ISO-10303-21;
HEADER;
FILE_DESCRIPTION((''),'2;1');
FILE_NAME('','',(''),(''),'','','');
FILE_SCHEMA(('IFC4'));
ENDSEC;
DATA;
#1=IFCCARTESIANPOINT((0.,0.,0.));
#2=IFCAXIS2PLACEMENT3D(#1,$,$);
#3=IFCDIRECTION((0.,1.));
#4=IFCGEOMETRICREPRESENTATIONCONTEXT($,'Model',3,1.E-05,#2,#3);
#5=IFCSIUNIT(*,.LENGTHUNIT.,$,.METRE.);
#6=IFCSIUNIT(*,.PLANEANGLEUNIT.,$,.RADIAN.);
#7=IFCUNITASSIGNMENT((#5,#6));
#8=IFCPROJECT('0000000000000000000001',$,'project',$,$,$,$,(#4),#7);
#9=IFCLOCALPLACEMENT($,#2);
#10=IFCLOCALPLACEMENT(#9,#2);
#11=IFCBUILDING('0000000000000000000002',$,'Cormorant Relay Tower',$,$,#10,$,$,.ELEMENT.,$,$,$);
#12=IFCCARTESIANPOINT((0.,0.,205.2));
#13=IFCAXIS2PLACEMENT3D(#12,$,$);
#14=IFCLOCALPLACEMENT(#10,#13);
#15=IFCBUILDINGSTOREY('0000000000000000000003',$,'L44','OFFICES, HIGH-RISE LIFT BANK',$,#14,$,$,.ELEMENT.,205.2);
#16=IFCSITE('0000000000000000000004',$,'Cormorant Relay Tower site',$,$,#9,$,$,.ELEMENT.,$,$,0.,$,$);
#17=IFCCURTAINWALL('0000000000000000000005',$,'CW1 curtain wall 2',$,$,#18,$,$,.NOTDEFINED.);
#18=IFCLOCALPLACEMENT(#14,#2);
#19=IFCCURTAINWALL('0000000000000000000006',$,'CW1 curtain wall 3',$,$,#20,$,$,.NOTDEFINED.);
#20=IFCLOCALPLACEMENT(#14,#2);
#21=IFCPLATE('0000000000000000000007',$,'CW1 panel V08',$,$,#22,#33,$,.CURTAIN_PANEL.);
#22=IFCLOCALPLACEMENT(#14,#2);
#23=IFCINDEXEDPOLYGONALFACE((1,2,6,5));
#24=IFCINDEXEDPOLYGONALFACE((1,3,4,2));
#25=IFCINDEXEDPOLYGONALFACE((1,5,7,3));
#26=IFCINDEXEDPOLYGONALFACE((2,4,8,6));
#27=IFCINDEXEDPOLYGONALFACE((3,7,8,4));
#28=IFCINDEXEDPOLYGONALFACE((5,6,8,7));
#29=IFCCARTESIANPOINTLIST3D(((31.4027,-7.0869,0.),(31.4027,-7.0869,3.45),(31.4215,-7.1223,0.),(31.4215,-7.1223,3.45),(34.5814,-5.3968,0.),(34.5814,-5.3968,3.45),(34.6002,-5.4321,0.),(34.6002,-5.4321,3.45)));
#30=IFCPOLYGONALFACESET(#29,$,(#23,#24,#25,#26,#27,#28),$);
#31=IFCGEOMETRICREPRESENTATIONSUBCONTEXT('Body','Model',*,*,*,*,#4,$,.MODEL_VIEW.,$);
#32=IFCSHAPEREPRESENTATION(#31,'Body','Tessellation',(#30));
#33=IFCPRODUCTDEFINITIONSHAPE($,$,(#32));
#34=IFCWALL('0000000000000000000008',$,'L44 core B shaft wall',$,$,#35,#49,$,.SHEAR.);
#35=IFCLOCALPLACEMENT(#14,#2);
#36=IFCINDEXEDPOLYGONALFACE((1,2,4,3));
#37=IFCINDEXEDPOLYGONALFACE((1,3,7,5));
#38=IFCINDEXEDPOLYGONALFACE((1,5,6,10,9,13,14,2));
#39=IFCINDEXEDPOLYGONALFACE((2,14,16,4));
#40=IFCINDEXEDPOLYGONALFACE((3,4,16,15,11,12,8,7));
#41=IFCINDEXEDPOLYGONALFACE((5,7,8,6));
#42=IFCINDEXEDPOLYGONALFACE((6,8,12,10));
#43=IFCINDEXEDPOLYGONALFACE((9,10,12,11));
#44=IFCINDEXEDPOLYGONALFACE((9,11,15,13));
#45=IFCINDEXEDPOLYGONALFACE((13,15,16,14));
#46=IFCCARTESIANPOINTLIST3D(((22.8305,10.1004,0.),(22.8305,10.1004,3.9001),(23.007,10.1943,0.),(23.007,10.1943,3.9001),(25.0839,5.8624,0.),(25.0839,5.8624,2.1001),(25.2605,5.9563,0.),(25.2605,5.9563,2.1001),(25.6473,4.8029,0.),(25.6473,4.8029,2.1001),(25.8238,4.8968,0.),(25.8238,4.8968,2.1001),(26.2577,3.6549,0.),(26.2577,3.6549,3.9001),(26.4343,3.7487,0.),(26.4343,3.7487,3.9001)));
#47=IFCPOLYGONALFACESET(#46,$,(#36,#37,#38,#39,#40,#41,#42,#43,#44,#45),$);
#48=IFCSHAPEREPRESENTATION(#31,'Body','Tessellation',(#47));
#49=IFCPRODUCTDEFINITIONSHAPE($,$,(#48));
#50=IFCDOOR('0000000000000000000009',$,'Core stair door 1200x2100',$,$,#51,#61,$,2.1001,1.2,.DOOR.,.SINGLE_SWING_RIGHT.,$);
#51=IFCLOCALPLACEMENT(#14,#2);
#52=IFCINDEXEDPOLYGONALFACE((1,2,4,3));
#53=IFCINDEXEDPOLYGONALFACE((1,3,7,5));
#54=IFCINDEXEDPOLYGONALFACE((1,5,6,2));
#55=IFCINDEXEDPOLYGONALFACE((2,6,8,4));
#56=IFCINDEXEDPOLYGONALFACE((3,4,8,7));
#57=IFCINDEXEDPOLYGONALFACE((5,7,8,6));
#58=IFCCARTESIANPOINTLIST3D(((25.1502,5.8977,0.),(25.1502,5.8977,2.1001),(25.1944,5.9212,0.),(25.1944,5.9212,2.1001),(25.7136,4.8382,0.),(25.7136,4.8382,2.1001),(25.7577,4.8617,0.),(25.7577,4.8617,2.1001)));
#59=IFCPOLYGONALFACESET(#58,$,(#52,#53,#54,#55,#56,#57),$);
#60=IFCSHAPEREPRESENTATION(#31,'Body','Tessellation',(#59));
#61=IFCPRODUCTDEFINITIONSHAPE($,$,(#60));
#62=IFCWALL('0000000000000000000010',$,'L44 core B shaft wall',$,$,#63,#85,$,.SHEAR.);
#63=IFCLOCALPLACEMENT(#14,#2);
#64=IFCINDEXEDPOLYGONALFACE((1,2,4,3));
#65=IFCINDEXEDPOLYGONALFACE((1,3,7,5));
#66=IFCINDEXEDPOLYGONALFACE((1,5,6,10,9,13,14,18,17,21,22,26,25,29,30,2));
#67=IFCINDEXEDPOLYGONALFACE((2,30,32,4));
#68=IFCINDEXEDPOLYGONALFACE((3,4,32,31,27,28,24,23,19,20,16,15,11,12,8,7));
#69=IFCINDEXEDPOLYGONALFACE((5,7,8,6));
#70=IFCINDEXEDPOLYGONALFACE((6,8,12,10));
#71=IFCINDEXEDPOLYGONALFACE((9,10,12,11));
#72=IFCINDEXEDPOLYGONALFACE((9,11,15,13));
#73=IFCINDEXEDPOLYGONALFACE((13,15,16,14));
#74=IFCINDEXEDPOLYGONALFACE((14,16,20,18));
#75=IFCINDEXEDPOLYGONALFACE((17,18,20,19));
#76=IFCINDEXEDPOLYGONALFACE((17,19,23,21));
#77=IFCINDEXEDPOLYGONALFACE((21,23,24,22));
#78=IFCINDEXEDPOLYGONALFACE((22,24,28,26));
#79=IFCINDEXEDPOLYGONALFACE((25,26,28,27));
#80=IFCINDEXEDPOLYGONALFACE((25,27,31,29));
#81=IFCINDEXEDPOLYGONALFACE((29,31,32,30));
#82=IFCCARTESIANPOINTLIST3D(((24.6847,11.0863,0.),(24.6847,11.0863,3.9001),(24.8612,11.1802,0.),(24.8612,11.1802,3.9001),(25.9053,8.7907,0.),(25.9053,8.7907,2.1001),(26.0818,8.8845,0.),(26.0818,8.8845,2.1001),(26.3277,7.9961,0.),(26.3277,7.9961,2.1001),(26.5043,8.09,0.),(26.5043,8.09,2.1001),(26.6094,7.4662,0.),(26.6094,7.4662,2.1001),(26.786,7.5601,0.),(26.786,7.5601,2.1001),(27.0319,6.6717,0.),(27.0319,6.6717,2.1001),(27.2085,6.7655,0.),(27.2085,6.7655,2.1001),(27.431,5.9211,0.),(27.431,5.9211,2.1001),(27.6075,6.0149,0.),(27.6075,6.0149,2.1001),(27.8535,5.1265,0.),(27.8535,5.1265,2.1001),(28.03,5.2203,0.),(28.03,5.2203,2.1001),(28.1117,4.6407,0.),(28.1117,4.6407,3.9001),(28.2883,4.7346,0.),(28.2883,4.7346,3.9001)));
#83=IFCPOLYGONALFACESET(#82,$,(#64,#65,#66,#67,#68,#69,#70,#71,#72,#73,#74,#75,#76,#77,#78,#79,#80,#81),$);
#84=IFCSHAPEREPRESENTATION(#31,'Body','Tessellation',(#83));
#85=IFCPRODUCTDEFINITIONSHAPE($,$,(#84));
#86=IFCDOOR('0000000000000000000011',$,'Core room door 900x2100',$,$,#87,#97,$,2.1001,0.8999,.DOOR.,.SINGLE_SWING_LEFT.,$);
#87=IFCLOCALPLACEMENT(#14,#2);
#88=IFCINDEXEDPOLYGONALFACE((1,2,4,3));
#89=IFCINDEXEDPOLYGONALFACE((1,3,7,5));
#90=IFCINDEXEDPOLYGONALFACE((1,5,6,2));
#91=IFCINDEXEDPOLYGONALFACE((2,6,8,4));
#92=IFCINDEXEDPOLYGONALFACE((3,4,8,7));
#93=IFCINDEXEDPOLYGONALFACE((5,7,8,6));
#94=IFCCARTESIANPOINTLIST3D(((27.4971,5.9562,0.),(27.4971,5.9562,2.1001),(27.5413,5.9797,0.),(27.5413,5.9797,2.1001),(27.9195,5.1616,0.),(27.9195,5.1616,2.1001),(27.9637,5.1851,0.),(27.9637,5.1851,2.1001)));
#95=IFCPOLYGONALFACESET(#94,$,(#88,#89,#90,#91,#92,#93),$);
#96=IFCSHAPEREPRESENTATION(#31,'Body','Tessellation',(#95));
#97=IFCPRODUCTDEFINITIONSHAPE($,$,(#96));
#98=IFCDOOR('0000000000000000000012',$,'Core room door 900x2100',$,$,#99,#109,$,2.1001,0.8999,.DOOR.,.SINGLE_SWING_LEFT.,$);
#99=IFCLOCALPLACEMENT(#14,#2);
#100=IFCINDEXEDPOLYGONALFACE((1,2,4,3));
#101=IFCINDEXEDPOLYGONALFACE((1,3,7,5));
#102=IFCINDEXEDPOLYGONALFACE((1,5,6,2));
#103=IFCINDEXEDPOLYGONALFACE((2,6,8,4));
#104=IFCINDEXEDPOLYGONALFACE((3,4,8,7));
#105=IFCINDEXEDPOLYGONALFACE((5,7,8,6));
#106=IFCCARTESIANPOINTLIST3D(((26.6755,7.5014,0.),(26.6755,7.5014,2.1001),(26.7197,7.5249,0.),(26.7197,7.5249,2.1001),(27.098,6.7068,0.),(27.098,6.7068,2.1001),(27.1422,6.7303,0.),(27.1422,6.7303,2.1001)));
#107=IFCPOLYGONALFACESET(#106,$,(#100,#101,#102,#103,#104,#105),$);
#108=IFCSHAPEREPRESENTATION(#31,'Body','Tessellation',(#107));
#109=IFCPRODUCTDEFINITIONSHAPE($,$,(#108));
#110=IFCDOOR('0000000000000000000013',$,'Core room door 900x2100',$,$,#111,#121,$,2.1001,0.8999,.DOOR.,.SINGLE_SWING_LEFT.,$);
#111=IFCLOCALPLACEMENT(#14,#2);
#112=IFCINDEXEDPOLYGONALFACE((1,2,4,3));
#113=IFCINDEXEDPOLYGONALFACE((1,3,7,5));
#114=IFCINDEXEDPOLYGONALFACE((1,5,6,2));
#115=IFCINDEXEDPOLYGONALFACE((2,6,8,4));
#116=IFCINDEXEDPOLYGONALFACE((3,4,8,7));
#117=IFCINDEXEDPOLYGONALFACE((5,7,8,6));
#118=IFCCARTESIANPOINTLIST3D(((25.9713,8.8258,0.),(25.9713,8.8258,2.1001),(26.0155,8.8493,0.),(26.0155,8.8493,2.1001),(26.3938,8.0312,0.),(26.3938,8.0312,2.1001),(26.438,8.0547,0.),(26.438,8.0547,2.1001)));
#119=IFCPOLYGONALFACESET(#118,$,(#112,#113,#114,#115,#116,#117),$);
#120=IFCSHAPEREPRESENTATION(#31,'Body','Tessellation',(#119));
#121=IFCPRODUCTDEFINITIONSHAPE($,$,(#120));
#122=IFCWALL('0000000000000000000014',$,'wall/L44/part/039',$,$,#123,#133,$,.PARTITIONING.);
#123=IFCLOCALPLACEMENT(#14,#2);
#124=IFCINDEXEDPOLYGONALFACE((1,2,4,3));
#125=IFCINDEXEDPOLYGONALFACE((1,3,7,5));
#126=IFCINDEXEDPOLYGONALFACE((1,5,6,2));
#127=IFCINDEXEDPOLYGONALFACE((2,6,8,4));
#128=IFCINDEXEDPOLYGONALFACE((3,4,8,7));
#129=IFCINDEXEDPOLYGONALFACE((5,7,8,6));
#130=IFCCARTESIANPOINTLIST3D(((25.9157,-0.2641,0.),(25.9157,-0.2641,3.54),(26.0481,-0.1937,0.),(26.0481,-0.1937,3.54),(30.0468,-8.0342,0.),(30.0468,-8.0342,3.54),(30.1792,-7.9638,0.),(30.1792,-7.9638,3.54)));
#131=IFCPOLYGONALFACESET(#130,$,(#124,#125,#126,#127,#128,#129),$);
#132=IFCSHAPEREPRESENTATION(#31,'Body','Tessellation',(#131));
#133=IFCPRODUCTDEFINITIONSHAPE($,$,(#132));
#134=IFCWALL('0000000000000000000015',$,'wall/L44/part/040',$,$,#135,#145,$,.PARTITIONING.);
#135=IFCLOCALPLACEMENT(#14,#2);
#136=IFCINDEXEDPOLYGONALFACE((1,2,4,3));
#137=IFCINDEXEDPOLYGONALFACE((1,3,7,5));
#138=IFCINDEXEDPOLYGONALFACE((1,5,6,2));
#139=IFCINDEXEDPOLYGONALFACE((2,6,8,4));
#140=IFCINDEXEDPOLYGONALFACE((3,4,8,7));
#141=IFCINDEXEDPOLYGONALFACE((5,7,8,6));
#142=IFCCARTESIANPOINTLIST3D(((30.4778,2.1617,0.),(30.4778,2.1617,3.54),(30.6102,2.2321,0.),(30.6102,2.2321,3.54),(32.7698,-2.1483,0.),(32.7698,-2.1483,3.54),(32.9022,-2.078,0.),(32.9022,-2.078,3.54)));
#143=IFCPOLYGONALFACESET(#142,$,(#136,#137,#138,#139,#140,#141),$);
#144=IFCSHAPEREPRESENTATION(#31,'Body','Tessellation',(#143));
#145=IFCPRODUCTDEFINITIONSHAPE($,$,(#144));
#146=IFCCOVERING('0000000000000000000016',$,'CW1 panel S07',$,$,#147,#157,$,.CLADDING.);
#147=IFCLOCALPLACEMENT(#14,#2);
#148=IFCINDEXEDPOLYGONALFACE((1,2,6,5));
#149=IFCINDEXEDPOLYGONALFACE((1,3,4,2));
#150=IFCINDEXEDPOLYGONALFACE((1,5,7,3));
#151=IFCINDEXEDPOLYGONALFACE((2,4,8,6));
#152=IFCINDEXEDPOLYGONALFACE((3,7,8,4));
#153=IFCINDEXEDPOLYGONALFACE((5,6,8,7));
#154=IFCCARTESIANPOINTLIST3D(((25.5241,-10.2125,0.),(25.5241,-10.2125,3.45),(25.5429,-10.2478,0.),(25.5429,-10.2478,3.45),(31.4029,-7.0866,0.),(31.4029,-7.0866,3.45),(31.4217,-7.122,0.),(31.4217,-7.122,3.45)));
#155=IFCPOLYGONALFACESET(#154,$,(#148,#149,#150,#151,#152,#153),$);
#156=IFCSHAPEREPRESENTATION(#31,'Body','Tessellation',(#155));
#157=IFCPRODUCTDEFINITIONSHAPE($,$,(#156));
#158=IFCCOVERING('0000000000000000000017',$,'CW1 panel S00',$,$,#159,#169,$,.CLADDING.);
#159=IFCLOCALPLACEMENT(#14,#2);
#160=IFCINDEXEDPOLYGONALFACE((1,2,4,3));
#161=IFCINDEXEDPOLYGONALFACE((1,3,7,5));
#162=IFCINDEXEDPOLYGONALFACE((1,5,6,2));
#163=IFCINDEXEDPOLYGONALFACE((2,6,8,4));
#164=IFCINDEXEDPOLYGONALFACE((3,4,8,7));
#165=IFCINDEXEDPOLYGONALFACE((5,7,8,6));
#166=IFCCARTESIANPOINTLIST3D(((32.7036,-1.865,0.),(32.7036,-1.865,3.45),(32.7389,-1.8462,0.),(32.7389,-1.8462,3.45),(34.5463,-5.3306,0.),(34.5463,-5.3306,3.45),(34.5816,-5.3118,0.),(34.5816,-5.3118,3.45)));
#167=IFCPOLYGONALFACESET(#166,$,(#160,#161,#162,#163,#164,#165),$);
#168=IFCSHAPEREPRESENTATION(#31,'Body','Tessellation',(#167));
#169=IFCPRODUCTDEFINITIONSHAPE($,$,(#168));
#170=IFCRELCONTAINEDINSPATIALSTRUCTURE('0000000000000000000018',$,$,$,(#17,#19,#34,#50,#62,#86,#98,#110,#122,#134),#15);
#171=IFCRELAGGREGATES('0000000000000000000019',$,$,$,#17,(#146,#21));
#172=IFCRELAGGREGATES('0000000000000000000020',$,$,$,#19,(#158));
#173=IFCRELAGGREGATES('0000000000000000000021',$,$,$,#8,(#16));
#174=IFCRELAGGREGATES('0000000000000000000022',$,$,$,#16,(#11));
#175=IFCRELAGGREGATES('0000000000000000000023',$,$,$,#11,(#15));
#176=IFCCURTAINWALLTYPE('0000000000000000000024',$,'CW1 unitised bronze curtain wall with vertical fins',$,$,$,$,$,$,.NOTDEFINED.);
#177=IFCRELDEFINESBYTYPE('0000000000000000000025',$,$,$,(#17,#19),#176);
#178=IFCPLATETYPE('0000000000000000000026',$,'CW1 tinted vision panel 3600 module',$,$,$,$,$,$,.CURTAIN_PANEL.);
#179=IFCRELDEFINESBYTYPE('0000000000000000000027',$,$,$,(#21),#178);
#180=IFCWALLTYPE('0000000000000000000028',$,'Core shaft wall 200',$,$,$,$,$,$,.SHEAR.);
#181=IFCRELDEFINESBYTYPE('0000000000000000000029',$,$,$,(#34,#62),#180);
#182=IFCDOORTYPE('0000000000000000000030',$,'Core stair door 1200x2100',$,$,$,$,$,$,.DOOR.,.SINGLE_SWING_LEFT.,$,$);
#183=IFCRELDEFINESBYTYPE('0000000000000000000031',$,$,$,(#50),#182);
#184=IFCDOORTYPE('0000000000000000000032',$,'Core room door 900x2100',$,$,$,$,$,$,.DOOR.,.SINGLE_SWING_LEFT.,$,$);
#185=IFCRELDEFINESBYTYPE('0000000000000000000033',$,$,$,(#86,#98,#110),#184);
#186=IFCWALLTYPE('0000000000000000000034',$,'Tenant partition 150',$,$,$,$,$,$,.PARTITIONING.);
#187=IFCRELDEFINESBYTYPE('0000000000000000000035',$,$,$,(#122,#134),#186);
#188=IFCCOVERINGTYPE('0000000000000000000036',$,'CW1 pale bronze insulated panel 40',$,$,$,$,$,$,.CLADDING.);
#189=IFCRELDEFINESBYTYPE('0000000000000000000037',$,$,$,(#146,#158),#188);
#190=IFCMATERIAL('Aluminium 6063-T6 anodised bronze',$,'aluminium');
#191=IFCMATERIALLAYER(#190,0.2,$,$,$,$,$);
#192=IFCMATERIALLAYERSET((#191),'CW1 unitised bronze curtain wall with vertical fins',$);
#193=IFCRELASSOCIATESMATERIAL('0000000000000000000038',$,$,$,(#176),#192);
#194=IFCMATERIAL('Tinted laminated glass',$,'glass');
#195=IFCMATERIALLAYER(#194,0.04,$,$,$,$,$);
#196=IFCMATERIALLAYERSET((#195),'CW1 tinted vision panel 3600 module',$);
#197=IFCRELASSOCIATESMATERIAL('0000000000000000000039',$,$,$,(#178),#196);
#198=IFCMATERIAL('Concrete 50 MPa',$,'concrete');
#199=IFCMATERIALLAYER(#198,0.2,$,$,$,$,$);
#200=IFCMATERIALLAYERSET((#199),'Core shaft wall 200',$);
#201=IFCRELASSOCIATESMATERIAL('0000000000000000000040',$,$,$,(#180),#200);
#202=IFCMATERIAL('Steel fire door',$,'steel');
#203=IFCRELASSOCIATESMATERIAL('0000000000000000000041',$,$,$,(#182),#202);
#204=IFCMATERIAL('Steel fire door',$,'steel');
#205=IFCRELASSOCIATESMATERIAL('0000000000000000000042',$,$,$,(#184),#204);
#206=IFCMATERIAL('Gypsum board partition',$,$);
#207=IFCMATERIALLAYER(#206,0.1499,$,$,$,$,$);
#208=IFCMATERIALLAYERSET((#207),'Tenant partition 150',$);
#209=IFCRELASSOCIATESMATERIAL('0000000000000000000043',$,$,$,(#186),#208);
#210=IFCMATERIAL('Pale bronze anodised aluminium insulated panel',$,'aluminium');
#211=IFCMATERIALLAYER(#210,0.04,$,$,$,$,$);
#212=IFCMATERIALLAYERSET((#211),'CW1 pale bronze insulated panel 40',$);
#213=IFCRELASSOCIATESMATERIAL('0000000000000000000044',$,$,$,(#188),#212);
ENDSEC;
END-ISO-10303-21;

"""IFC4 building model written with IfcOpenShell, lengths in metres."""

from ifc_helpers import new_model, si_unit, direction, frame, frame_2d, origin, origin_2d, place, context, subcontext, project, spatial, rectangle, extrude, material, layer, layer_set, type_object, element, fill, aggregate, save


model = new_model("IFC4")

# Units and contexts
model_context = context("Model", 3, precision=1e-05, world=origin(), true_north=direction((0.0, 1.0)))
body_context = subcontext(model_context, "Body", "Model", "MODEL_VIEW")
ifc_project = project(units=[si_unit("LENGTHUNIT", "METRE"), si_unit("PLANEANGLEUNIT", "RADIAN")], contexts=[model_context])

# Site, building, storey
site_placement = place(None, origin())
site = spatial("IfcSite", under=ifc_project, at=site_placement, Name="Cormorant Relay Tower site", CompositionType="ELEMENT", RefElevation=0.0)
building_placement = place(site_placement, origin())
building = spatial("IfcBuilding", under=site, at=building_placement, Name="Cormorant Relay Tower", CompositionType="ELEMENT")
storey_placement = place(building_placement, frame((0.0, 0.0, 205.2)))
storey = spatial("IfcBuildingStorey", under=building, at=storey_placement, Name="L44", Description="OFFICES, HIGH-RISE LIFT BANK", CompositionType="ELEMENT", Elevation=205.2)

# Curtain wall
ifc_material_1 = material(Name="Aluminium 6063-T6 anodised bronze", Category="aluminium")
ifc_layer_1 = layer(ifc_material_1, 0.2)
ifc_layer_set_1 = layer_set([ifc_layer_1], Name="CW1 unitised bronze curtain wall with vertical fins")
curtain_wall_type = type_object("IfcCurtainWallType", Name="CW1 unitised bronze curtain wall with vertical fins", PredefinedType="NOTDEFINED", material=ifc_layer_set_1)
curtain_wall_1_placement = place(storey_placement, origin())
curtain_wall_1 = element("IfcCurtainWall", 1, at=curtain_wall_1_placement, inside=storey, type_object=curtain_wall_type, Name="CW1 curtain wall 2", PredefinedType="NOTDEFINED")

# Curtain wall
curtain_wall_2_placement = place(storey_placement, origin())
curtain_wall_2 = element("IfcCurtainWall", 2, at=curtain_wall_2_placement, inside=storey, type_object=curtain_wall_type, Name="CW1 curtain wall 3", PredefinedType="NOTDEFINED")

# Plate
ifc_material_2 = material(Name="Tinted laminated glass", Category="glass")
ifc_layer_2 = layer(ifc_material_2, 0.04)
ifc_layer_set_2 = layer_set([ifc_layer_2], Name="CW1 tinted vision panel 3600 module")
plate_type_1 = type_object("IfcPlateType", Name="CW1 tinted vision panel 3600 module", PredefinedType="CURTAIN_PANEL", material=ifc_layer_set_2)
plate_1_placement = place(storey_placement, frame((33.0015, -6.2595, 0.0), z_axis=(0.0, 0.0, 1.0), x_axis=(0.882948, 0.469472, 0.0)))
plate_1 = element("IfcPlate", 3, at=plate_1_placement, type_object=plate_type_1, Name="CW1 panel V08", PredefinedType="CURTAIN_PANEL", context=body_context, shape_type="SweptSolid", body=[
    extrude(rectangle(XDim=3.6001, YDim=0.04, at=origin_2d()), origin(), (0.0, 0.0, 1.0), 3.45),
])

# Wall, opening, door
ifc_material_3 = material(Name="Concrete 50 MPa", Category="concrete")
ifc_layer_3 = layer(ifc_material_3, 0.2)
ifc_layer_set_3 = layer_set([ifc_layer_3], Name="Core shaft wall 200")
wall_type_1 = type_object("IfcWallType", Name="Core shaft wall 200", PredefinedType="SHEAR", material=ifc_layer_set_3)
wall_1_placement = place(storey_placement, frame((26.3459, 3.7019, 0.0), z_axis=(0.0, 0.0, 1.0), x_axis=(-0.46948, 0.882943, 0.0)))
wall_1 = element("IfcWall", 4, at=wall_1_placement, inside=storey, type_object=wall_type_1, Name="L44 core B shaft wall", PredefinedType="SHEAR", context=body_context, shape_type="SweptSolid", body=[
    extrude(rectangle(XDim=7.3, YDim=0.2, at=frame_2d((3.6499, 0.0))), origin(), (0.0, 0.0, 1.0), 3.9001),
])
opening_1_placement = place(wall_1_placement, frame((1.3, 0.0, 0.0)))
opening_1 = element("IfcOpeningElement", 5, at=opening_1_placement, cuts=wall_1, PredefinedType="OPENING", context=body_context, shape_type="SweptSolid", body=[
    extrude(rectangle(XDim=1.2, YDim=2.1001, at=frame_2d((0.6001, 1.05))), frame((0.0, 0.1099, 0.0), z_axis=(0.0, -1.0, 0.0), x_axis=(1.0, 0.0, 0.0)), (0.0, 0.0, 1.0), 0.22),
])
ifc_material_4 = material(Name="Steel fire door", Category="steel")
door_type_1 = type_object("IfcDoorType", Name="Core stair door 1200x2100", OperationType="SINGLE_SWING_LEFT", PredefinedType="DOOR", material=ifc_material_4)
door_1_placement = place(opening_1_placement, origin())
door_1 = element("IfcDoor", 6, at=door_1_placement, inside=storey, type_object=door_type_1, Name="Core stair door 1200x2100", OperationType="SINGLE_SWING_RIGHT", OverallHeight=2.1001, OverallWidth=1.2, PredefinedType="DOOR", context=body_context, shape_type="SweptSolid", body=[
    extrude(rectangle(XDim=1.2, YDim=2.1001, at=frame_2d((0.6001, 1.05))), frame((0.0, 0.0249, 0.0), z_axis=(0.0, -1.0, 0.0), x_axis=(1.0, 0.0, 0.0)), (0.0, 0.0, 1.0), 0.05),
])
fill(opening_1, door_1)

# Wall, openings, doors
wall_2_placement = place(storey_placement, frame((28.2, 4.6877, 0.0), z_axis=(0.0, 0.0, 1.0), x_axis=(-0.469454, 0.882957, 0.0)))
wall_2 = element("IfcWall", 7, at=wall_2_placement, inside=storey, type_object=wall_type_1, Name="L44 core B shaft wall", PredefinedType="SHEAR", context=body_context, shape_type="SweptSolid", body=[
    extrude(rectangle(XDim=7.3, YDim=0.2, at=frame_2d((3.6499, 0.0))), origin(), (0.0, 0.0, 1.0), 3.9001),
])
opening_2_placement = place(wall_2_placement, frame((0.55, 0.0, 0.0)))
opening_2 = element("IfcOpeningElement", 8, at=opening_2_placement, cuts=wall_2, PredefinedType="OPENING", context=body_context, shape_type="SweptSolid", body=[
    extrude(rectangle(XDim=0.8999, YDim=2.1001, at=frame_2d((0.45, 1.05))), frame((0.0, 0.1099, 0.0), z_axis=(0.0, -1.0, 0.0), x_axis=(1.0, 0.0, 0.0)), (0.0, 0.0, 1.0), 0.22),
])
opening_3_placement = place(wall_2_placement, frame((2.3, 0.0, 0.0)))
opening_3 = element("IfcOpeningElement", 9, at=opening_3_placement, cuts=wall_2, PredefinedType="OPENING", context=body_context, shape_type="SweptSolid", body=[
    extrude(rectangle(XDim=0.8999, YDim=2.1001, at=frame_2d((0.45, 1.05))), frame((0.0, 0.1099, 0.0), z_axis=(0.0, -1.0, 0.0), x_axis=(1.0, 0.0, 0.0)), (0.0, 0.0, 1.0), 0.22),
])
opening_4_placement = place(wall_2_placement, frame((3.8, 0.0, 0.0)))
opening_4 = element("IfcOpeningElement", 10, at=opening_4_placement, cuts=wall_2, PredefinedType="OPENING", context=body_context, shape_type="SweptSolid", body=[
    extrude(rectangle(XDim=0.8999, YDim=2.1001, at=frame_2d((0.45, 1.05))), frame((0.0, 0.1099, 0.0), z_axis=(0.0, -1.0, 0.0), x_axis=(1.0, 0.0, 0.0)), (0.0, 0.0, 1.0), 0.22),
])
ifc_material_5 = material(Name="Steel fire door", Category="steel")
door_type_2 = type_object("IfcDoorType", Name="Core room door 900x2100", OperationType="SINGLE_SWING_LEFT", PredefinedType="DOOR", material=ifc_material_5)
door_2_placement = place(opening_2_placement, frame((0.8999, 0.0, 0.0), z_axis=(0.0, 0.0, 1.0), x_axis=(-1.0, 0.0, 0.0)))
door_2 = element("IfcDoor", 11, at=door_2_placement, inside=storey, type_object=door_type_2, Name="Core room door 900x2100", OperationType="SINGLE_SWING_LEFT", OverallHeight=2.1001, OverallWidth=0.8999, PredefinedType="DOOR", context=body_context, shape_type="SweptSolid", body=[
    extrude(rectangle(XDim=0.8999, YDim=2.1001, at=frame_2d((0.45, 1.05))), frame((0.0, 0.0249, 0.0), z_axis=(0.0, -1.0, 0.0), x_axis=(1.0, 0.0, 0.0)), (0.0, 0.0, 1.0), 0.05),
])
fill(opening_2, door_2)
door_3_placement = place(opening_3_placement, frame((0.8999, 0.0, 0.0), z_axis=(0.0, 0.0, 1.0), x_axis=(-1.0, 0.0, 0.0)))
door_3 = element("IfcDoor", 12, at=door_3_placement, inside=storey, type_object=door_type_2, Name="Core room door 900x2100", OperationType="SINGLE_SWING_LEFT", OverallHeight=2.1001, OverallWidth=0.8999, PredefinedType="DOOR", context=body_context, shape_type="SweptSolid", body=[
    extrude(rectangle(XDim=0.8999, YDim=2.1001, at=frame_2d((0.45, 1.05))), frame((0.0, 0.0249, 0.0), z_axis=(0.0, -1.0, 0.0), x_axis=(1.0, 0.0, 0.0)), (0.0, 0.0, 1.0), 0.05),
])
fill(opening_3, door_3)
door_4_placement = place(opening_4_placement, frame((0.8999, 0.0, 0.0), z_axis=(0.0, 0.0, 1.0), x_axis=(-1.0, 0.0, 0.0)))
door_4 = element("IfcDoor", 13, at=door_4_placement, inside=storey, type_object=door_type_2, Name="Core room door 900x2100", OperationType="SINGLE_SWING_LEFT", OverallHeight=2.1001, OverallWidth=0.8999, PredefinedType="DOOR", context=body_context, shape_type="SweptSolid", body=[
    extrude(rectangle(XDim=0.8999, YDim=2.1001, at=frame_2d((0.45, 1.05))), frame((0.0, 0.0249, 0.0), z_axis=(0.0, -1.0, 0.0), x_axis=(1.0, 0.0, 0.0)), (0.0, 0.0, 1.0), 0.05),
])
fill(opening_4, door_4)

# Walls
ifc_material_6 = material(Name="Gypsum board partition")
ifc_layer_4 = layer(ifc_material_6, 0.1499)
ifc_layer_set_4 = layer_set([ifc_layer_4], Name="Tenant partition 150")
wall_type_2 = type_object("IfcWallType", Name="Tenant partition 150", PredefinedType="PARTITIONING", material=ifc_layer_set_4)
wall_3_placement = place(storey_placement, frame((25.9819, -0.229, 0.0), z_axis=(0.0, 0.0, 1.0), x_axis=(0.469446, -0.882961, 0.0)))
element("IfcWall", 14, at=wall_3_placement, inside=storey, type_object=wall_type_2, Name="wall/L44/part/039", PredefinedType="PARTITIONING", context=body_context, shape_type="SweptSolid", body=[
    extrude(rectangle(XDim=8.8, YDim=0.1499, at=frame_2d((4.3999, 0.0))), origin(), (0.0, 0.0, 1.0), 3.54),
])
wall_4_placement = place(storey_placement, frame((30.5439, 2.197, 0.0), z_axis=(0.0, 0.0, 1.0), x_axis=(0.469518, -0.882923, 0.0)))
element("IfcWall", 15, at=wall_4_placement, inside=storey, type_object=wall_type_2, Name="wall/L44/part/040", PredefinedType="PARTITIONING", context=body_context, shape_type="SweptSolid", body=[
    extrude(rectangle(XDim=4.8816, YDim=0.1499, at=frame_2d((2.4409, 0.0))), origin(), (0.0, 0.0, 1.0), 3.54),
])

# Coverings
ifc_material_7 = material(Name="Pale bronze anodised aluminium insulated panel", Category="aluminium")
ifc_layer_5 = layer(ifc_material_7, 0.04)
ifc_layer_set_5 = layer_set([ifc_layer_5], Name="CW1 pale bronze insulated panel 40")
covering_type = type_object("IfcCoveringType", Name="CW1 pale bronze insulated panel 40", PredefinedType="CLADDING", material=ifc_layer_set_5)
covering_1_placement = place(storey_placement, frame((28.4729, -8.6672, 0.0), z_axis=(0.0, 0.0, 1.0), x_axis=(0.882948, 0.469472, 0.0)))
covering_1 = element("IfcCovering", 16, at=covering_1_placement, type_object=covering_type, Name="CW1 panel S07", PredefinedType="CLADDING", context=body_context, shape_type="SweptSolid", body=[
    extrude(rectangle(XDim=6.6582, YDim=0.04, at=origin_2d()), origin(), (0.0, 0.0, 1.0), 3.45),
])
aggregate(curtain_wall_1, [covering_1, plate_1])
covering_2_placement = place(storey_placement, frame((33.6426, -3.5884, 0.0), z_axis=(0.0, 0.0, 1.0), x_axis=(-0.469472, 0.882948, 0.0)))
covering_2 = element("IfcCovering", 17, at=covering_2_placement, type_object=covering_type, Name="CW1 panel S00", PredefinedType="CLADDING", context=body_context, shape_type="SweptSolid", body=[
    extrude(rectangle(XDim=3.925, YDim=0.04, at=origin_2d()), origin(), (0.0, 0.0, 1.0), 3.45),
])
aggregate(curtain_wall_2, [covering_2])

save(model, "model.ifc")
